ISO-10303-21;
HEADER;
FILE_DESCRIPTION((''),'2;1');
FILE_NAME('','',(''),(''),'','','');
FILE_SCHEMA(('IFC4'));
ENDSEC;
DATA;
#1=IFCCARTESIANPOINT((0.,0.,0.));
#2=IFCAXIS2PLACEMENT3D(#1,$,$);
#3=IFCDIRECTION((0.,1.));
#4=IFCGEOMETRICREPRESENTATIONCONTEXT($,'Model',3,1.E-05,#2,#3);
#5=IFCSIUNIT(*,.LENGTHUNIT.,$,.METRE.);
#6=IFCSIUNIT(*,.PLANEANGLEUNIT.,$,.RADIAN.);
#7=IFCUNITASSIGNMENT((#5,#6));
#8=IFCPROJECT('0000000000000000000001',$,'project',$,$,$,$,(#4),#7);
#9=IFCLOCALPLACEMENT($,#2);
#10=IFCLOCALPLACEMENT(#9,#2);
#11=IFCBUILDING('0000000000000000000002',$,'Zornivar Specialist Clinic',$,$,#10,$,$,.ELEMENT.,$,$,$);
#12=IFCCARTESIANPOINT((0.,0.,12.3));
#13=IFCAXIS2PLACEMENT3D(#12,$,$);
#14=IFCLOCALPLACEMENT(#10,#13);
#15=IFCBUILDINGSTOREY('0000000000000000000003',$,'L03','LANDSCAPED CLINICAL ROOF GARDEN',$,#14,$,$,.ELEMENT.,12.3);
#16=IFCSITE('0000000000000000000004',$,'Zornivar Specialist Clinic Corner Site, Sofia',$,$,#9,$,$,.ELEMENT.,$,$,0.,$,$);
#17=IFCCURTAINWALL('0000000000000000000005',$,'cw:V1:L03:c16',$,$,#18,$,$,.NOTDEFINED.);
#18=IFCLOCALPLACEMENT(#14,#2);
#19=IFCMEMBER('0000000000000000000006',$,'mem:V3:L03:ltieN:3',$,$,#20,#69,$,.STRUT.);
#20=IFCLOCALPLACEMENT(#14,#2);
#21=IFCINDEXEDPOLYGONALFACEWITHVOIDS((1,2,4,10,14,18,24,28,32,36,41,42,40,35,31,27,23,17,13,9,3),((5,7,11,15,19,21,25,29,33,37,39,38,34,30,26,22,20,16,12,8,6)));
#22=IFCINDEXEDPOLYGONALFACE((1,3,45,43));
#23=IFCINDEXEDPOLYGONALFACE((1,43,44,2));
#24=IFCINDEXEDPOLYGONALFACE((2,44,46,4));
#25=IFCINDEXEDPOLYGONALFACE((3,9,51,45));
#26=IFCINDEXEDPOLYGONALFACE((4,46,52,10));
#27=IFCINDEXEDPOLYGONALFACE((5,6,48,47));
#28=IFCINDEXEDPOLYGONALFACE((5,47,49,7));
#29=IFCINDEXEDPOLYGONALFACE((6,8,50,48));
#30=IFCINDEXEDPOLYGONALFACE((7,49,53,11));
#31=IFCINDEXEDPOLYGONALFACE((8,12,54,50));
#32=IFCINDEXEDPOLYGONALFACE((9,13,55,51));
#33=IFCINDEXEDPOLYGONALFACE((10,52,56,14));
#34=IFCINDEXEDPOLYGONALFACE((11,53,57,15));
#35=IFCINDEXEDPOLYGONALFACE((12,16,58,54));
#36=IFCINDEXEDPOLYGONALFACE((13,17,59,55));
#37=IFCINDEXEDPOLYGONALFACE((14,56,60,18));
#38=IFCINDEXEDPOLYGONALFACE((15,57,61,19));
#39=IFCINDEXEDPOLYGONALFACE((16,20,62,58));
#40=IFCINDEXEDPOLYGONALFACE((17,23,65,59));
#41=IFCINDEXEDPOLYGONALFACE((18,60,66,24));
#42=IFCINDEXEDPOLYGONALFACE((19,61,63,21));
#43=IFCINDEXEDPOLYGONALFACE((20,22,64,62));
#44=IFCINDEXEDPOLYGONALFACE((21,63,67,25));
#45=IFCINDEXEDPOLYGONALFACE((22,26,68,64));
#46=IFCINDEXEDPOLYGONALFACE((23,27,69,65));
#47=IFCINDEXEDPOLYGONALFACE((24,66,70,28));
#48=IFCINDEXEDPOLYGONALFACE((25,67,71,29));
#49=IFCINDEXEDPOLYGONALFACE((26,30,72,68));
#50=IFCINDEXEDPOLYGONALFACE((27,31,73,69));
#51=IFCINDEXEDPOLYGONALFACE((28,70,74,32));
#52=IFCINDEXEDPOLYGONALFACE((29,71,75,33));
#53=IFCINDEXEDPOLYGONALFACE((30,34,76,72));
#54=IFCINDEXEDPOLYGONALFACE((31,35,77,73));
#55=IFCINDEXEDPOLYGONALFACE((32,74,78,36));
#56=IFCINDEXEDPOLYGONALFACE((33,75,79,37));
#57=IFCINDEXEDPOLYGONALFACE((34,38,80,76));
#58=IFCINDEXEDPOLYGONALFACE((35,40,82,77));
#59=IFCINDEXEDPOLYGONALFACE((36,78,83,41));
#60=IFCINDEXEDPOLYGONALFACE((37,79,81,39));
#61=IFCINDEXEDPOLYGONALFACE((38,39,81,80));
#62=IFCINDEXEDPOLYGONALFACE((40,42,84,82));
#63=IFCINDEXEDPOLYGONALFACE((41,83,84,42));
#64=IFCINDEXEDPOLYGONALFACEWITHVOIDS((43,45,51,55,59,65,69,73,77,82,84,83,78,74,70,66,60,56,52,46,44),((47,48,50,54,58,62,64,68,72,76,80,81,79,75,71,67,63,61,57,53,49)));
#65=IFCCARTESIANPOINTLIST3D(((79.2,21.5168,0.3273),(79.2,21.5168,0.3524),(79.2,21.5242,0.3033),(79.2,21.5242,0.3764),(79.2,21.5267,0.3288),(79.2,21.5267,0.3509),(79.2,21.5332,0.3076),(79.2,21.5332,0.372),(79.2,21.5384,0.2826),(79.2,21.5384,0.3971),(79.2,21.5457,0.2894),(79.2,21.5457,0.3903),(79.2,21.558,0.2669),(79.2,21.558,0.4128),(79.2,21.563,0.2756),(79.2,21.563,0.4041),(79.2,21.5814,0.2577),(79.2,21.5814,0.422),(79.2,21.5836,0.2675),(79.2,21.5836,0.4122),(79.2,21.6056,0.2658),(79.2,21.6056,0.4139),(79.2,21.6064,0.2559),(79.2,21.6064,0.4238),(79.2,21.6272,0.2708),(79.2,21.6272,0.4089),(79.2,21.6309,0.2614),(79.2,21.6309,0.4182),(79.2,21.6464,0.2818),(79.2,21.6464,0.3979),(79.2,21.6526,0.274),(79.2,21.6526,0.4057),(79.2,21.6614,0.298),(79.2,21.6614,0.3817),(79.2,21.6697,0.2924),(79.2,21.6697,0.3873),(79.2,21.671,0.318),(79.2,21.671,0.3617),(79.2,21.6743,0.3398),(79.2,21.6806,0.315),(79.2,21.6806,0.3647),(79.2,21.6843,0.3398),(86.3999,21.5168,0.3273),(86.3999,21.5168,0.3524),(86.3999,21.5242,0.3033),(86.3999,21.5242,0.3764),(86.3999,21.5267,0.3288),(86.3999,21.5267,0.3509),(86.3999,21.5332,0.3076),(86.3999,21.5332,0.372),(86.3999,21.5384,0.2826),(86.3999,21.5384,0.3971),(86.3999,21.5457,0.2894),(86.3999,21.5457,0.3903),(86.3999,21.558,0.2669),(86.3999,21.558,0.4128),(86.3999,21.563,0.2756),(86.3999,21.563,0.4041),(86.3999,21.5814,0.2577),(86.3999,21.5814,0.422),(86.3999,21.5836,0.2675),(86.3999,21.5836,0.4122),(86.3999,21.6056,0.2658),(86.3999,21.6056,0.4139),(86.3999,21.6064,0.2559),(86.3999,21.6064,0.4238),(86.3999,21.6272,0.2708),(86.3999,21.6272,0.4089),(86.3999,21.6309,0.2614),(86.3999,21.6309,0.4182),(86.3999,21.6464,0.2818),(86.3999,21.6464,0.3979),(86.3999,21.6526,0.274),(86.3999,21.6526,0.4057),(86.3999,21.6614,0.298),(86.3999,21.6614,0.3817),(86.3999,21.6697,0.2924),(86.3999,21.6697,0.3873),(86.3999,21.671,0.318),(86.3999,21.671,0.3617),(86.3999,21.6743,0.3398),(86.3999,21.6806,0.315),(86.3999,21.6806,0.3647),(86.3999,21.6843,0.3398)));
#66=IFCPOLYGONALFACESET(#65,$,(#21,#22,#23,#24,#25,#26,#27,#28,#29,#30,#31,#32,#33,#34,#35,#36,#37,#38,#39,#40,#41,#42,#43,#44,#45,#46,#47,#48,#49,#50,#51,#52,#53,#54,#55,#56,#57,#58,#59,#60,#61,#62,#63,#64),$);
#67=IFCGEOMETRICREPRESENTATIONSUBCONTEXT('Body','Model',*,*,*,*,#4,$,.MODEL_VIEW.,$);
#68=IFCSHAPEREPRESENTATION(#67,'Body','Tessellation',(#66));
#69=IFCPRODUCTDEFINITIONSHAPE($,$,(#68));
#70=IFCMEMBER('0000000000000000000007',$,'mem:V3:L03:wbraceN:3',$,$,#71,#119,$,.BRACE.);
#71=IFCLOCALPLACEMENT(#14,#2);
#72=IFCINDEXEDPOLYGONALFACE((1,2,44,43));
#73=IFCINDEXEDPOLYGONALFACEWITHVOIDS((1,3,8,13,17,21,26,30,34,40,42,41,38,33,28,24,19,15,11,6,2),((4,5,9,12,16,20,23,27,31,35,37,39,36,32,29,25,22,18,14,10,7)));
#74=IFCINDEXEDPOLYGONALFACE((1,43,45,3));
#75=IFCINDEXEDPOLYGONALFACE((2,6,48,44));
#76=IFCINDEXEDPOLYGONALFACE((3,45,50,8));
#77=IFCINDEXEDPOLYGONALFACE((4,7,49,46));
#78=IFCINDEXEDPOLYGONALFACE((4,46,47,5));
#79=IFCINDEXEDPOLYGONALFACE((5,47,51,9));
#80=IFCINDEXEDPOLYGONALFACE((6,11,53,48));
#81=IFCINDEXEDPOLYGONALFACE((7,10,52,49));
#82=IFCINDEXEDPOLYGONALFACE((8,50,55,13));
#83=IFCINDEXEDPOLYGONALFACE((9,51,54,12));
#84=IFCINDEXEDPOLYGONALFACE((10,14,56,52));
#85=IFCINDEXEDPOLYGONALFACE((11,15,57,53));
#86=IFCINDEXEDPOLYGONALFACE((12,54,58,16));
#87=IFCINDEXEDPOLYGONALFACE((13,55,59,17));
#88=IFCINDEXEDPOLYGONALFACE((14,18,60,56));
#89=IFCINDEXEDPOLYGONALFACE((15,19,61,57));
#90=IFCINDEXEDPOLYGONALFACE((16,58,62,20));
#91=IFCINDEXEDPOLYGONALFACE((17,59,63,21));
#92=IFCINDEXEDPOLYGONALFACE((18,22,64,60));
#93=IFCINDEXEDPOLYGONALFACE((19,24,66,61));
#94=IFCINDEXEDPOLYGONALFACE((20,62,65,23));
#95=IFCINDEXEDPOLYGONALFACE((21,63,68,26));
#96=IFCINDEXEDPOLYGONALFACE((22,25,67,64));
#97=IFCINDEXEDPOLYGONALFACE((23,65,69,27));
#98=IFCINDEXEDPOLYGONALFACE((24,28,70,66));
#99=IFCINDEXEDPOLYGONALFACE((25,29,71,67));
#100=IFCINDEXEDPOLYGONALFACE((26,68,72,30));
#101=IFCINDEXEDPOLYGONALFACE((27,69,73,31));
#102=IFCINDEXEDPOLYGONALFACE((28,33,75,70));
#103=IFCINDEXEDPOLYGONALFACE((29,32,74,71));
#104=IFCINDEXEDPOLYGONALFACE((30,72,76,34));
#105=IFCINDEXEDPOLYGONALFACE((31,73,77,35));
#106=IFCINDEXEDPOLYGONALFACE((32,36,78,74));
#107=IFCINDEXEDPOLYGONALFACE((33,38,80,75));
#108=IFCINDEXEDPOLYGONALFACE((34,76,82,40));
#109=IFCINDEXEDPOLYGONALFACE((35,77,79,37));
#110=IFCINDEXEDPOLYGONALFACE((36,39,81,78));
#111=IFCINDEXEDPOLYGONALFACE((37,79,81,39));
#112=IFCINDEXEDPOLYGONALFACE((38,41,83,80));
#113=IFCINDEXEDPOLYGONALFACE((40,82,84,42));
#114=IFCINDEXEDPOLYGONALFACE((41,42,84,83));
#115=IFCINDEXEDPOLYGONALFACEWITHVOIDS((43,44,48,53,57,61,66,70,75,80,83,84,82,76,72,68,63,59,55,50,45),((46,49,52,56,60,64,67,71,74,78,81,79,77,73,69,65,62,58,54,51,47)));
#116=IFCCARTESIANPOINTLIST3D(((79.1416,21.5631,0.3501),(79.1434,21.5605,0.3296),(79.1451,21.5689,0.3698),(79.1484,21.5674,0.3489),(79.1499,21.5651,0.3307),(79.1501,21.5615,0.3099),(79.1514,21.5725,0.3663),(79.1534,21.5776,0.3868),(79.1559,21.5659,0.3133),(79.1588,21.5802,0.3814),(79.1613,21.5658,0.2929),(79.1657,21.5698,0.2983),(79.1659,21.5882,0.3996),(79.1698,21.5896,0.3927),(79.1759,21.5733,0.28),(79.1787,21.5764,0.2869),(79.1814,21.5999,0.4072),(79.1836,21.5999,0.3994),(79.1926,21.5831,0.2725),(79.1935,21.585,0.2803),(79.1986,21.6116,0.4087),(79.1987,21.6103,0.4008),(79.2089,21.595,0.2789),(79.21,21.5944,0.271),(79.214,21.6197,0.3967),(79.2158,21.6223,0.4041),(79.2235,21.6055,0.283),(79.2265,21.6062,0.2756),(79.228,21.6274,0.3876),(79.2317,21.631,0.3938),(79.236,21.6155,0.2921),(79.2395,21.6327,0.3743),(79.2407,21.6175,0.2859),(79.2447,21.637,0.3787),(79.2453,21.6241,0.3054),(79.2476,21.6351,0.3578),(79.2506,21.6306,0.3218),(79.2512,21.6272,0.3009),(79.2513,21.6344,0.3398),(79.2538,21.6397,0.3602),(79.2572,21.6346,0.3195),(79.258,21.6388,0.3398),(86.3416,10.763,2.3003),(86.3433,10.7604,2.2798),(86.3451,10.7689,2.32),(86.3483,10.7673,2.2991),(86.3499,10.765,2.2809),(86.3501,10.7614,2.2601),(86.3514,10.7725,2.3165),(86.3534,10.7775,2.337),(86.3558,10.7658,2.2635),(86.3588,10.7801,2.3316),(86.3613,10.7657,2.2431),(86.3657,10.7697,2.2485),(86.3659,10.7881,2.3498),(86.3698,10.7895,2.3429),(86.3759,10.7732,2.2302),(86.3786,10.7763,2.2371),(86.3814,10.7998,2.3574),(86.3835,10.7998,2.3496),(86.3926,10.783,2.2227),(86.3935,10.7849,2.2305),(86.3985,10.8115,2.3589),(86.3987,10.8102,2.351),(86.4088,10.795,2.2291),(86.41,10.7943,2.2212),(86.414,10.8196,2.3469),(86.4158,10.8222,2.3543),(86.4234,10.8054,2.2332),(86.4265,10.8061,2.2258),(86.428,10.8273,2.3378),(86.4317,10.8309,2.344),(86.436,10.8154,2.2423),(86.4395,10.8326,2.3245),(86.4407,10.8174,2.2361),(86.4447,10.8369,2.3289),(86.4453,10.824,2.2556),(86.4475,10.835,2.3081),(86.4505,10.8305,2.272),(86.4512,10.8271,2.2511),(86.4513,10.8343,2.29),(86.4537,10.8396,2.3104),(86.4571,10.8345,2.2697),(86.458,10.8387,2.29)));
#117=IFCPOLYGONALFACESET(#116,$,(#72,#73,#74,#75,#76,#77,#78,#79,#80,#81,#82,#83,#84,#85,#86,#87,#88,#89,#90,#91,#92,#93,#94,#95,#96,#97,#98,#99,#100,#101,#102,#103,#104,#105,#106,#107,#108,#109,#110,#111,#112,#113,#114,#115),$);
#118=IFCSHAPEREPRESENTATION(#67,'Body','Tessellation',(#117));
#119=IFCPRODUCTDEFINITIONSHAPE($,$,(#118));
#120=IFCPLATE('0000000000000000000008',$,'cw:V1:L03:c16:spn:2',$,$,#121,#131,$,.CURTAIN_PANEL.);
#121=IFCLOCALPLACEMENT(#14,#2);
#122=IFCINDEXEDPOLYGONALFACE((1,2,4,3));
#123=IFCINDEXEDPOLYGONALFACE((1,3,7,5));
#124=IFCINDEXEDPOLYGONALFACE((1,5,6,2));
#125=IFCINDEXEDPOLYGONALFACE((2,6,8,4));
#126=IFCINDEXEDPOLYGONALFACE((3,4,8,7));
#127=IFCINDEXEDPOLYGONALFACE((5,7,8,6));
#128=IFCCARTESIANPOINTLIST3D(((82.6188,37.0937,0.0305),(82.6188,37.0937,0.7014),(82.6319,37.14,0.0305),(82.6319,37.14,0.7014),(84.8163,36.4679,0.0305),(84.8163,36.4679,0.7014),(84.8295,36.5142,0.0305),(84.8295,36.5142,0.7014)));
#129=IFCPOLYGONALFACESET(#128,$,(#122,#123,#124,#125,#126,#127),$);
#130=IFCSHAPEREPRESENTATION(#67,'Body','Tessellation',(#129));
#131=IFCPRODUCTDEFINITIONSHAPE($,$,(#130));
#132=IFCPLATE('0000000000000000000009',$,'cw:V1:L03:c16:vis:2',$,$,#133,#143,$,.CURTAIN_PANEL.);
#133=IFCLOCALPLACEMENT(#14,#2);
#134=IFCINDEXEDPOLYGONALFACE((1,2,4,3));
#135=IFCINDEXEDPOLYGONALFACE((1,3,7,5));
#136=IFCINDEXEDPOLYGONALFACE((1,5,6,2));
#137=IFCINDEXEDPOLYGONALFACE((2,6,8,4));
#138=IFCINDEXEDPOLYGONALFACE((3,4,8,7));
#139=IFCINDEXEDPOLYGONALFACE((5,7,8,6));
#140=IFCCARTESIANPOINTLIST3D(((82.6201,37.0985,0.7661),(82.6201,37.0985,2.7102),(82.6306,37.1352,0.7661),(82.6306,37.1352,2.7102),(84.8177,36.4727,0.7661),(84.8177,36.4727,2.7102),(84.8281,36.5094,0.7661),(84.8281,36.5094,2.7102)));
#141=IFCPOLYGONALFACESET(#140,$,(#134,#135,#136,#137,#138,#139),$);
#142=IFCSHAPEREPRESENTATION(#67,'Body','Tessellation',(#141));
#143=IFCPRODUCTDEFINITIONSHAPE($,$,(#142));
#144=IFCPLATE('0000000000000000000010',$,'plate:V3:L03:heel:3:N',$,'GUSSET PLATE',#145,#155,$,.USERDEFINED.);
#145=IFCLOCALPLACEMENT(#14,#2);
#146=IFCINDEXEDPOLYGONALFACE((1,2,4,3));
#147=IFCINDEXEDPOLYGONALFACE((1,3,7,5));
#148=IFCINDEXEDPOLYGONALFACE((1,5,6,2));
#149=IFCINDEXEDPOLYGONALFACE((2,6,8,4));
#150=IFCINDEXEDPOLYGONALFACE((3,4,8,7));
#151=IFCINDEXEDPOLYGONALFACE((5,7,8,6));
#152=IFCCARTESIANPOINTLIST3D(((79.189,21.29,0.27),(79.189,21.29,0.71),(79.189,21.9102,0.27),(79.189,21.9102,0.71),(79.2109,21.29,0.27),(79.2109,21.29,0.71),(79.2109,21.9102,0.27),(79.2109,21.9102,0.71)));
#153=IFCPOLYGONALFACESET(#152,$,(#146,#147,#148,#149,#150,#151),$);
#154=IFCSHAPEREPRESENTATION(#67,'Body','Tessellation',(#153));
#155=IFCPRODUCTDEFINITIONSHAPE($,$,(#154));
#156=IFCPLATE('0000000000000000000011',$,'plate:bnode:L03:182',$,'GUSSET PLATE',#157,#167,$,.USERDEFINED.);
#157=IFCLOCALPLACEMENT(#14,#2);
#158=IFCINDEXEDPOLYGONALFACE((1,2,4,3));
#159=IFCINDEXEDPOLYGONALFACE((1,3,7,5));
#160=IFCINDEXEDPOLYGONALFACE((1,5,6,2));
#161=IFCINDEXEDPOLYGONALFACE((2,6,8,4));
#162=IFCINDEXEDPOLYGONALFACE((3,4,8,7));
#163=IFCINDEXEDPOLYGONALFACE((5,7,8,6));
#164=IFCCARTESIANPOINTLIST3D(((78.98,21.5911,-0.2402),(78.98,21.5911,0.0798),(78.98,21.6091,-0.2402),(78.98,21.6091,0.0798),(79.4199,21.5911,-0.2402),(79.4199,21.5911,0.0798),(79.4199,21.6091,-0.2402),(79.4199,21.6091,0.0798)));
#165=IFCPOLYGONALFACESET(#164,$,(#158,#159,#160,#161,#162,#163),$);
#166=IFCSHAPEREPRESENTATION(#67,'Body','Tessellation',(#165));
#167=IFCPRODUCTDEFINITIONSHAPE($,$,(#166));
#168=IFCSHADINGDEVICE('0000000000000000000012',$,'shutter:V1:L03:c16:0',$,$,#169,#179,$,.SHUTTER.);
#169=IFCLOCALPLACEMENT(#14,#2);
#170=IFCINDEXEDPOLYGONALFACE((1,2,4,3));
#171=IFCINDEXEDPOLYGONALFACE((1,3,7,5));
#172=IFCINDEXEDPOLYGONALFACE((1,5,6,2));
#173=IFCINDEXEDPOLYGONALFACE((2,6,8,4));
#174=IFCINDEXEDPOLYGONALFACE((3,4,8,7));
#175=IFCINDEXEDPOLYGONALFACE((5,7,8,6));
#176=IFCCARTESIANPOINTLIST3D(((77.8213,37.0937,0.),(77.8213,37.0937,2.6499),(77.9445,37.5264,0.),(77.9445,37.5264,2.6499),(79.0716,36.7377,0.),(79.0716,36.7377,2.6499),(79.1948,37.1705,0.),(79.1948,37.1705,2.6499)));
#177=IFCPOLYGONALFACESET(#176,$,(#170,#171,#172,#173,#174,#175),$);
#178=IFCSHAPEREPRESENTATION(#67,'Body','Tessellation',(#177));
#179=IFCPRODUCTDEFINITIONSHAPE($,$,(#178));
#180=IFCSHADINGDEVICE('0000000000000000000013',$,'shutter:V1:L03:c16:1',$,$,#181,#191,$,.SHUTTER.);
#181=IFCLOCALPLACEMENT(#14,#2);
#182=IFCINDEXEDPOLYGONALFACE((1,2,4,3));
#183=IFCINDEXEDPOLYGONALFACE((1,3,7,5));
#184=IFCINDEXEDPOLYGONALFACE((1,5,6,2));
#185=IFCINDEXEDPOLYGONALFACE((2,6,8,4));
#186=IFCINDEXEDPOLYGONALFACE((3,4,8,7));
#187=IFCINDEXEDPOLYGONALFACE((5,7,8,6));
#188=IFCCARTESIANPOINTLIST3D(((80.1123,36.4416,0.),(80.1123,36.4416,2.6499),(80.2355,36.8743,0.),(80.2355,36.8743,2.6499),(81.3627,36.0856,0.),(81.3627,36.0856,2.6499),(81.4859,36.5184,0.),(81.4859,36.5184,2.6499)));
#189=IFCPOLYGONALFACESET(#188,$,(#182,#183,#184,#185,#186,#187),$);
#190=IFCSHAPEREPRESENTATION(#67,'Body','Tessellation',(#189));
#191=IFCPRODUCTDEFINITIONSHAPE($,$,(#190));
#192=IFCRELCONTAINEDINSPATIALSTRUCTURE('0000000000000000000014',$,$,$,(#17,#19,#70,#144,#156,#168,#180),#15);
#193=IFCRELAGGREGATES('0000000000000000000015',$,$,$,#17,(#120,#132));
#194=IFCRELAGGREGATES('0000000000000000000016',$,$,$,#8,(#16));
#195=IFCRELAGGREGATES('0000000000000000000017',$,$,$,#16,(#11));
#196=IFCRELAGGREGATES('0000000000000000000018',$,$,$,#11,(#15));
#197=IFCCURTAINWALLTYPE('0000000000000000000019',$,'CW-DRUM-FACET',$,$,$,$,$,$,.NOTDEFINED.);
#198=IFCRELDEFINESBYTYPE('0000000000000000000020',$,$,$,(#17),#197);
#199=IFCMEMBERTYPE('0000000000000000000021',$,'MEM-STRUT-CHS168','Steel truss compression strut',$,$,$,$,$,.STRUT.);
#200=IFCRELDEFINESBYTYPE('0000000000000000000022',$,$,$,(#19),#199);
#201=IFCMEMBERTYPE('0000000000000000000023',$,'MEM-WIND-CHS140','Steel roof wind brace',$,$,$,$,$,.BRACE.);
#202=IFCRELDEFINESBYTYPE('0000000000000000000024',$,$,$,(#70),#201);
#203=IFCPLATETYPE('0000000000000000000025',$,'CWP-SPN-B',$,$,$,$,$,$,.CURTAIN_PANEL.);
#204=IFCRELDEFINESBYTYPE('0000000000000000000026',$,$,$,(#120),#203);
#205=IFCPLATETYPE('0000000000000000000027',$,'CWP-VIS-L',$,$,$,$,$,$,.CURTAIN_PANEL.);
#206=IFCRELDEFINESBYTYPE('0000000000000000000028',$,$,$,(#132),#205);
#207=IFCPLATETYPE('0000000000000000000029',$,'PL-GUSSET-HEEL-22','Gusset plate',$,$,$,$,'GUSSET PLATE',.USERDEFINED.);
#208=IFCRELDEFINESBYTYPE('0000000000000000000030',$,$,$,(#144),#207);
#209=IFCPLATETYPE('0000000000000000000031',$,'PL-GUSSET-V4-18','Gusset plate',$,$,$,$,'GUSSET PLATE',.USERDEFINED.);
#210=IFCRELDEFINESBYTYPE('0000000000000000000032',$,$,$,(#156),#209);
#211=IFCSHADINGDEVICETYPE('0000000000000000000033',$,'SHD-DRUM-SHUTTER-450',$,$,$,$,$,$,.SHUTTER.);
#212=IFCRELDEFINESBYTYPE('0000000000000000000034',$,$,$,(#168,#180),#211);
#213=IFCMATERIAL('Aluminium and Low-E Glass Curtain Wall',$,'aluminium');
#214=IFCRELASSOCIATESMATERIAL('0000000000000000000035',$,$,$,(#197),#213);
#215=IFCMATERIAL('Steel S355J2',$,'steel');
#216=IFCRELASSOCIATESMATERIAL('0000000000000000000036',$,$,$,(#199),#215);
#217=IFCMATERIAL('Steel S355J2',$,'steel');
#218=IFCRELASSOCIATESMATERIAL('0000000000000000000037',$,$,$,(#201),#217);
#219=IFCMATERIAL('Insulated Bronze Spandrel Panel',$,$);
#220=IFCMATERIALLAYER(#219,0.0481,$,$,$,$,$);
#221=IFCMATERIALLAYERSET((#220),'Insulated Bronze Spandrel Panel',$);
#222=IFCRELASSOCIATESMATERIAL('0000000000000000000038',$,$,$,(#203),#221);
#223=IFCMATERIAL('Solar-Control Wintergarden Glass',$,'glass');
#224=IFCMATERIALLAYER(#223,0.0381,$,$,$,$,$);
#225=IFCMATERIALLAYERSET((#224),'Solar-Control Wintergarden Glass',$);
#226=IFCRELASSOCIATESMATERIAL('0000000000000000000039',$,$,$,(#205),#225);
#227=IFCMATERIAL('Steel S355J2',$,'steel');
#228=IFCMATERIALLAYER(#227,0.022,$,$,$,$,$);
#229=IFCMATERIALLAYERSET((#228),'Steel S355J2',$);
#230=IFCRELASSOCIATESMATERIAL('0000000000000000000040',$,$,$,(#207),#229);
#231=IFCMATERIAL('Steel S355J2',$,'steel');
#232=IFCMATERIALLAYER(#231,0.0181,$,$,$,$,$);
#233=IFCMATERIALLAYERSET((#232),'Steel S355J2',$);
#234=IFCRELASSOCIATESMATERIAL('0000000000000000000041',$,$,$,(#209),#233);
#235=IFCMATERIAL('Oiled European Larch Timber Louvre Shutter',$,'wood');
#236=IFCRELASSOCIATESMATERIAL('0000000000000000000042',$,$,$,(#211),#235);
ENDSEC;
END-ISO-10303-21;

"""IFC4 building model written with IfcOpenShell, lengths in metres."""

from ifc_helpers import new_model, si_unit, direction, frame, origin, origin_2d, place, context, subcontext, project, spatial, rectangle, hollow_circle, extrude, material, layer, layer_set, material_profile, profile_set, type_object, element, aggregate, save


model = new_model("IFC4")

# Units and contexts
model_context = context("Model", 3, precision=1e-05, world=origin(), true_north=direction((0.0, 1.0)))
body_context = subcontext(model_context, "Body", "Model", "MODEL_VIEW")
ifc_project = project(units=[si_unit("LENGTHUNIT", "METRE"), si_unit("PLANEANGLEUNIT", "RADIAN")], contexts=[model_context])

# Site, building, storey
site_placement = place(None, origin())
site = spatial("IfcSite", under=ifc_project, at=site_placement, Name="Zornivar Specialist Clinic Corner Site, Sofia", CompositionType="ELEMENT", RefElevation=0.0)
building_placement = place(site_placement, origin())
building = spatial("IfcBuilding", under=site, at=building_placement, Name="Zornivar Specialist Clinic", CompositionType="ELEMENT")
storey_placement = place(building_placement, frame((0.0, 0.0, 12.3)))
storey = spatial("IfcBuildingStorey", under=building, at=storey_placement, Name="L03", Description="LANDSCAPED CLINICAL ROOF GARDEN", CompositionType="ELEMENT", Elevation=12.3)

# Curtain wall
ifc_material_1 = material(Name="Aluminium and Low-E Glass Curtain Wall", Category="aluminium")
curtain_wall_type = type_object("IfcCurtainWallType", Name="CW-DRUM-FACET", PredefinedType="NOTDEFINED", material=ifc_material_1)
curtain_wall_1_placement = place(storey_placement, origin())
curtain_wall_1 = element("IfcCurtainWall", 1, at=curtain_wall_1_placement, inside=storey, type_object=curtain_wall_type, Name="cw:V1:L03:c16", PredefinedType="NOTDEFINED")

# Members
ifc_material_2 = material(Name="Steel S355J2", Category="steel")
ifc_material_profile_1 = material_profile(ifc_material_2, hollow_circle(Radius=0.0842, WallThickness=0.01, at=origin_2d()), Name="CHS 168.3x10")
ifc_profile_set_1 = profile_set([ifc_material_profile_1], Name="Steel S355J2")
member_type_1 = type_object("IfcMemberType", Name="MEM-STRUT-CHS168", Description="Steel truss compression strut", PredefinedType="STRUT", material=ifc_profile_set_1)
member_1_placement = place(storey_placement, frame((79.2, 21.6001, 0.3398), z_axis=(1.0, 0.0, 0.0), x_axis=(0.0, 1.0, 0.0)))
element("IfcMember", 2, at=member_1_placement, inside=storey, type_object=member_type_1, Name="mem:V3:L03:ltieN:3", PredefinedType="STRUT", context=body_context, shape_type="SweptSolid", body=[
    extrude(hollow_circle(Radius=0.0842, WallThickness=0.01, at=origin_2d()), origin(), (0.0, 0.0, 1.0), 7.2),
])
ifc_material_3 = material(Name="Steel S355J2", Category="steel")
ifc_material_profile_2 = material_profile(ifc_material_3, hollow_circle(Radius=0.0698, WallThickness=0.0081, at=origin_2d()), Name="CHS 139.7x8")
ifc_profile_set_2 = profile_set([ifc_material_profile_2], Name="Steel S355J2")
member_type_2 = type_object("IfcMemberType", Name="MEM-WIND-CHS140", Description="Steel roof wind brace", PredefinedType="BRACE", material=ifc_profile_set_2)
member_2_placement = place(storey_placement, frame((79.2, 21.6001, 0.3398), z_axis=(0.548539, -0.822818, 0.148579), x_axis=(0.832053, 0.554696, 0.0)))
element("IfcMember", 3, at=member_2_placement, inside=storey, type_object=member_type_2, Name="mem:V3:L03:wbraceN:3", PredefinedType="BRACE", context=body_context, shape_type="SweptSolid", body=[
    extrude(hollow_circle(Radius=0.0698, WallThickness=0.0081, at=origin_2d()), origin(), (0.0, 0.0, 1.0), 13.1257),
])

# Plates
ifc_material_4 = material(Name="Insulated Bronze Spandrel Panel")
ifc_layer_1 = layer(ifc_material_4, 0.0481)
ifc_layer_set_1 = layer_set([ifc_layer_1], Name="Insulated Bronze Spandrel Panel")
plate_type_1 = type_object("IfcPlateType", Name="CWP-SPN-B", PredefinedType="CURTAIN_PANEL", material=ifc_layer_set_1)
plate_1_placement = place(storey_placement, frame((83.7241, 36.804, 0.0305), z_axis=(0.0, 0.0, 1.0), x_axis=(0.961761, -0.273889, 0.0)))
plate_1 = element("IfcPlate", 4, at=plate_1_placement, type_object=plate_type_1, Name="cw:V1:L03:c16:spn:2", PredefinedType="CURTAIN_PANEL", context=body_context, shape_type="SweptSolid", body=[
    extrude(rectangle(XDim=2.2849, YDim=0.0481, at=origin_2d()), origin(), (0.0, 0.0, 1.0), 0.6709),
])
ifc_material_5 = material(Name="Solar-Control Wintergarden Glass", Category="glass")
ifc_layer_2 = layer(ifc_material_5, 0.0381)
ifc_layer_set_2 = layer_set([ifc_layer_2], Name="Solar-Control Wintergarden Glass")
plate_type_2 = type_object("IfcPlateType", Name="CWP-VIS-L", PredefinedType="CURTAIN_PANEL", material=ifc_layer_set_2)
plate_2_placement = place(storey_placement, frame((83.7241, 36.804, 0.7661), z_axis=(0.0, 0.0, 1.0), x_axis=(0.961761, -0.273889, 0.0)))
plate_2 = element("IfcPlate", 5, at=plate_2_placement, type_object=plate_type_2, Name="cw:V1:L03:c16:vis:2", PredefinedType="CURTAIN_PANEL", context=body_context, shape_type="SweptSolid", body=[
    extrude(rectangle(XDim=2.2849, YDim=0.0381, at=origin_2d()), origin(), (0.0, 0.0, 1.0), 1.9441),
])
aggregate(curtain_wall_1, [plate_1, plate_2])

# Plates
ifc_material_6 = material(Name="Steel S355J2", Category="steel")
ifc_layer_3 = layer(ifc_material_6, 0.022)
ifc_layer_set_3 = layer_set([ifc_layer_3], Name="Steel S355J2")
plate_type_3 = type_object("IfcPlateType", Name="PL-GUSSET-HEEL-22", Description="Gusset plate", ElementType="GUSSET PLATE", PredefinedType="USERDEFINED", material=ifc_layer_set_3)
plate_3_placement = place(storey_placement, frame((79.2, 21.6001, 0.27), z_axis=(0.0, 0.0, 1.0), x_axis=(1.0, 0.0, 0.0)))
element("IfcPlate", 6, at=plate_3_placement, inside=storey, type_object=plate_type_3, Name="plate:V3:L03:heel:3:N", ObjectType="GUSSET PLATE", PredefinedType="USERDEFINED", context=body_context, shape_type="SweptSolid", body=[
    extrude(rectangle(XDim=0.022, YDim=0.6201, at=origin_2d()), origin(), (0.0, 0.0, 1.0), 0.4399),
])
ifc_material_7 = material(Name="Steel S355J2", Category="steel")
ifc_layer_4 = layer(ifc_material_7, 0.0181)
ifc_layer_set_4 = layer_set([ifc_layer_4], Name="Steel S355J2")
plate_type_4 = type_object("IfcPlateType", Name="PL-GUSSET-V4-18", Description="Gusset plate", ElementType="GUSSET PLATE", PredefinedType="USERDEFINED", material=ifc_layer_set_4)
plate_4_placement = place(storey_placement, frame((79.2, 21.6001, -0.2402), z_axis=(0.0, 0.0, 1.0), x_axis=(1.0, 0.0, 0.0)))
element("IfcPlate", 7, at=plate_4_placement, inside=storey, type_object=plate_type_4, Name="plate:bnode:L03:182", ObjectType="GUSSET PLATE", PredefinedType="USERDEFINED", context=body_context, shape_type="SweptSolid", body=[
    extrude(rectangle(XDim=0.4399, YDim=0.0181, at=origin_2d()), origin(), (0.0, 0.0, 1.0), 0.3201),
])

# Shading devices
ifc_material_8 = material(Name="Oiled European Larch Timber Louvre Shutter", Category="wood")
shading_device_type = type_object("IfcShadingDeviceType", Name="SHD-DRUM-SHUTTER-450", PredefinedType="SHUTTER", material=ifc_material_8)
for number, where, z_axis, x_axis, name in (
    (8, (78.5081, 37.1321, 0.0), (0.0, 0.0, 1.0), (0.961785, -0.273805, 0.0), "shutter:V1:L03:c16:0"),
    (9, (80.7991, 36.48, 0.0), (0.0, 0.0, 1.0), (0.961785, -0.273805, 0.0), "shutter:V1:L03:c16:1"),
):
    element("IfcShadingDevice", number, at=place(storey_placement, frame(where, z_axis=z_axis, x_axis=x_axis)), inside=storey, type_object=shading_device_type, Name=name, PredefinedType="SHUTTER", context=body_context, shape_type="SweptSolid", body=[
        extrude(rectangle(XDim=1.3, YDim=0.45, at=origin_2d()), origin(), (0.0, 0.0, 1.0), 2.6499),
    ])

save(model, "model.ifc")
